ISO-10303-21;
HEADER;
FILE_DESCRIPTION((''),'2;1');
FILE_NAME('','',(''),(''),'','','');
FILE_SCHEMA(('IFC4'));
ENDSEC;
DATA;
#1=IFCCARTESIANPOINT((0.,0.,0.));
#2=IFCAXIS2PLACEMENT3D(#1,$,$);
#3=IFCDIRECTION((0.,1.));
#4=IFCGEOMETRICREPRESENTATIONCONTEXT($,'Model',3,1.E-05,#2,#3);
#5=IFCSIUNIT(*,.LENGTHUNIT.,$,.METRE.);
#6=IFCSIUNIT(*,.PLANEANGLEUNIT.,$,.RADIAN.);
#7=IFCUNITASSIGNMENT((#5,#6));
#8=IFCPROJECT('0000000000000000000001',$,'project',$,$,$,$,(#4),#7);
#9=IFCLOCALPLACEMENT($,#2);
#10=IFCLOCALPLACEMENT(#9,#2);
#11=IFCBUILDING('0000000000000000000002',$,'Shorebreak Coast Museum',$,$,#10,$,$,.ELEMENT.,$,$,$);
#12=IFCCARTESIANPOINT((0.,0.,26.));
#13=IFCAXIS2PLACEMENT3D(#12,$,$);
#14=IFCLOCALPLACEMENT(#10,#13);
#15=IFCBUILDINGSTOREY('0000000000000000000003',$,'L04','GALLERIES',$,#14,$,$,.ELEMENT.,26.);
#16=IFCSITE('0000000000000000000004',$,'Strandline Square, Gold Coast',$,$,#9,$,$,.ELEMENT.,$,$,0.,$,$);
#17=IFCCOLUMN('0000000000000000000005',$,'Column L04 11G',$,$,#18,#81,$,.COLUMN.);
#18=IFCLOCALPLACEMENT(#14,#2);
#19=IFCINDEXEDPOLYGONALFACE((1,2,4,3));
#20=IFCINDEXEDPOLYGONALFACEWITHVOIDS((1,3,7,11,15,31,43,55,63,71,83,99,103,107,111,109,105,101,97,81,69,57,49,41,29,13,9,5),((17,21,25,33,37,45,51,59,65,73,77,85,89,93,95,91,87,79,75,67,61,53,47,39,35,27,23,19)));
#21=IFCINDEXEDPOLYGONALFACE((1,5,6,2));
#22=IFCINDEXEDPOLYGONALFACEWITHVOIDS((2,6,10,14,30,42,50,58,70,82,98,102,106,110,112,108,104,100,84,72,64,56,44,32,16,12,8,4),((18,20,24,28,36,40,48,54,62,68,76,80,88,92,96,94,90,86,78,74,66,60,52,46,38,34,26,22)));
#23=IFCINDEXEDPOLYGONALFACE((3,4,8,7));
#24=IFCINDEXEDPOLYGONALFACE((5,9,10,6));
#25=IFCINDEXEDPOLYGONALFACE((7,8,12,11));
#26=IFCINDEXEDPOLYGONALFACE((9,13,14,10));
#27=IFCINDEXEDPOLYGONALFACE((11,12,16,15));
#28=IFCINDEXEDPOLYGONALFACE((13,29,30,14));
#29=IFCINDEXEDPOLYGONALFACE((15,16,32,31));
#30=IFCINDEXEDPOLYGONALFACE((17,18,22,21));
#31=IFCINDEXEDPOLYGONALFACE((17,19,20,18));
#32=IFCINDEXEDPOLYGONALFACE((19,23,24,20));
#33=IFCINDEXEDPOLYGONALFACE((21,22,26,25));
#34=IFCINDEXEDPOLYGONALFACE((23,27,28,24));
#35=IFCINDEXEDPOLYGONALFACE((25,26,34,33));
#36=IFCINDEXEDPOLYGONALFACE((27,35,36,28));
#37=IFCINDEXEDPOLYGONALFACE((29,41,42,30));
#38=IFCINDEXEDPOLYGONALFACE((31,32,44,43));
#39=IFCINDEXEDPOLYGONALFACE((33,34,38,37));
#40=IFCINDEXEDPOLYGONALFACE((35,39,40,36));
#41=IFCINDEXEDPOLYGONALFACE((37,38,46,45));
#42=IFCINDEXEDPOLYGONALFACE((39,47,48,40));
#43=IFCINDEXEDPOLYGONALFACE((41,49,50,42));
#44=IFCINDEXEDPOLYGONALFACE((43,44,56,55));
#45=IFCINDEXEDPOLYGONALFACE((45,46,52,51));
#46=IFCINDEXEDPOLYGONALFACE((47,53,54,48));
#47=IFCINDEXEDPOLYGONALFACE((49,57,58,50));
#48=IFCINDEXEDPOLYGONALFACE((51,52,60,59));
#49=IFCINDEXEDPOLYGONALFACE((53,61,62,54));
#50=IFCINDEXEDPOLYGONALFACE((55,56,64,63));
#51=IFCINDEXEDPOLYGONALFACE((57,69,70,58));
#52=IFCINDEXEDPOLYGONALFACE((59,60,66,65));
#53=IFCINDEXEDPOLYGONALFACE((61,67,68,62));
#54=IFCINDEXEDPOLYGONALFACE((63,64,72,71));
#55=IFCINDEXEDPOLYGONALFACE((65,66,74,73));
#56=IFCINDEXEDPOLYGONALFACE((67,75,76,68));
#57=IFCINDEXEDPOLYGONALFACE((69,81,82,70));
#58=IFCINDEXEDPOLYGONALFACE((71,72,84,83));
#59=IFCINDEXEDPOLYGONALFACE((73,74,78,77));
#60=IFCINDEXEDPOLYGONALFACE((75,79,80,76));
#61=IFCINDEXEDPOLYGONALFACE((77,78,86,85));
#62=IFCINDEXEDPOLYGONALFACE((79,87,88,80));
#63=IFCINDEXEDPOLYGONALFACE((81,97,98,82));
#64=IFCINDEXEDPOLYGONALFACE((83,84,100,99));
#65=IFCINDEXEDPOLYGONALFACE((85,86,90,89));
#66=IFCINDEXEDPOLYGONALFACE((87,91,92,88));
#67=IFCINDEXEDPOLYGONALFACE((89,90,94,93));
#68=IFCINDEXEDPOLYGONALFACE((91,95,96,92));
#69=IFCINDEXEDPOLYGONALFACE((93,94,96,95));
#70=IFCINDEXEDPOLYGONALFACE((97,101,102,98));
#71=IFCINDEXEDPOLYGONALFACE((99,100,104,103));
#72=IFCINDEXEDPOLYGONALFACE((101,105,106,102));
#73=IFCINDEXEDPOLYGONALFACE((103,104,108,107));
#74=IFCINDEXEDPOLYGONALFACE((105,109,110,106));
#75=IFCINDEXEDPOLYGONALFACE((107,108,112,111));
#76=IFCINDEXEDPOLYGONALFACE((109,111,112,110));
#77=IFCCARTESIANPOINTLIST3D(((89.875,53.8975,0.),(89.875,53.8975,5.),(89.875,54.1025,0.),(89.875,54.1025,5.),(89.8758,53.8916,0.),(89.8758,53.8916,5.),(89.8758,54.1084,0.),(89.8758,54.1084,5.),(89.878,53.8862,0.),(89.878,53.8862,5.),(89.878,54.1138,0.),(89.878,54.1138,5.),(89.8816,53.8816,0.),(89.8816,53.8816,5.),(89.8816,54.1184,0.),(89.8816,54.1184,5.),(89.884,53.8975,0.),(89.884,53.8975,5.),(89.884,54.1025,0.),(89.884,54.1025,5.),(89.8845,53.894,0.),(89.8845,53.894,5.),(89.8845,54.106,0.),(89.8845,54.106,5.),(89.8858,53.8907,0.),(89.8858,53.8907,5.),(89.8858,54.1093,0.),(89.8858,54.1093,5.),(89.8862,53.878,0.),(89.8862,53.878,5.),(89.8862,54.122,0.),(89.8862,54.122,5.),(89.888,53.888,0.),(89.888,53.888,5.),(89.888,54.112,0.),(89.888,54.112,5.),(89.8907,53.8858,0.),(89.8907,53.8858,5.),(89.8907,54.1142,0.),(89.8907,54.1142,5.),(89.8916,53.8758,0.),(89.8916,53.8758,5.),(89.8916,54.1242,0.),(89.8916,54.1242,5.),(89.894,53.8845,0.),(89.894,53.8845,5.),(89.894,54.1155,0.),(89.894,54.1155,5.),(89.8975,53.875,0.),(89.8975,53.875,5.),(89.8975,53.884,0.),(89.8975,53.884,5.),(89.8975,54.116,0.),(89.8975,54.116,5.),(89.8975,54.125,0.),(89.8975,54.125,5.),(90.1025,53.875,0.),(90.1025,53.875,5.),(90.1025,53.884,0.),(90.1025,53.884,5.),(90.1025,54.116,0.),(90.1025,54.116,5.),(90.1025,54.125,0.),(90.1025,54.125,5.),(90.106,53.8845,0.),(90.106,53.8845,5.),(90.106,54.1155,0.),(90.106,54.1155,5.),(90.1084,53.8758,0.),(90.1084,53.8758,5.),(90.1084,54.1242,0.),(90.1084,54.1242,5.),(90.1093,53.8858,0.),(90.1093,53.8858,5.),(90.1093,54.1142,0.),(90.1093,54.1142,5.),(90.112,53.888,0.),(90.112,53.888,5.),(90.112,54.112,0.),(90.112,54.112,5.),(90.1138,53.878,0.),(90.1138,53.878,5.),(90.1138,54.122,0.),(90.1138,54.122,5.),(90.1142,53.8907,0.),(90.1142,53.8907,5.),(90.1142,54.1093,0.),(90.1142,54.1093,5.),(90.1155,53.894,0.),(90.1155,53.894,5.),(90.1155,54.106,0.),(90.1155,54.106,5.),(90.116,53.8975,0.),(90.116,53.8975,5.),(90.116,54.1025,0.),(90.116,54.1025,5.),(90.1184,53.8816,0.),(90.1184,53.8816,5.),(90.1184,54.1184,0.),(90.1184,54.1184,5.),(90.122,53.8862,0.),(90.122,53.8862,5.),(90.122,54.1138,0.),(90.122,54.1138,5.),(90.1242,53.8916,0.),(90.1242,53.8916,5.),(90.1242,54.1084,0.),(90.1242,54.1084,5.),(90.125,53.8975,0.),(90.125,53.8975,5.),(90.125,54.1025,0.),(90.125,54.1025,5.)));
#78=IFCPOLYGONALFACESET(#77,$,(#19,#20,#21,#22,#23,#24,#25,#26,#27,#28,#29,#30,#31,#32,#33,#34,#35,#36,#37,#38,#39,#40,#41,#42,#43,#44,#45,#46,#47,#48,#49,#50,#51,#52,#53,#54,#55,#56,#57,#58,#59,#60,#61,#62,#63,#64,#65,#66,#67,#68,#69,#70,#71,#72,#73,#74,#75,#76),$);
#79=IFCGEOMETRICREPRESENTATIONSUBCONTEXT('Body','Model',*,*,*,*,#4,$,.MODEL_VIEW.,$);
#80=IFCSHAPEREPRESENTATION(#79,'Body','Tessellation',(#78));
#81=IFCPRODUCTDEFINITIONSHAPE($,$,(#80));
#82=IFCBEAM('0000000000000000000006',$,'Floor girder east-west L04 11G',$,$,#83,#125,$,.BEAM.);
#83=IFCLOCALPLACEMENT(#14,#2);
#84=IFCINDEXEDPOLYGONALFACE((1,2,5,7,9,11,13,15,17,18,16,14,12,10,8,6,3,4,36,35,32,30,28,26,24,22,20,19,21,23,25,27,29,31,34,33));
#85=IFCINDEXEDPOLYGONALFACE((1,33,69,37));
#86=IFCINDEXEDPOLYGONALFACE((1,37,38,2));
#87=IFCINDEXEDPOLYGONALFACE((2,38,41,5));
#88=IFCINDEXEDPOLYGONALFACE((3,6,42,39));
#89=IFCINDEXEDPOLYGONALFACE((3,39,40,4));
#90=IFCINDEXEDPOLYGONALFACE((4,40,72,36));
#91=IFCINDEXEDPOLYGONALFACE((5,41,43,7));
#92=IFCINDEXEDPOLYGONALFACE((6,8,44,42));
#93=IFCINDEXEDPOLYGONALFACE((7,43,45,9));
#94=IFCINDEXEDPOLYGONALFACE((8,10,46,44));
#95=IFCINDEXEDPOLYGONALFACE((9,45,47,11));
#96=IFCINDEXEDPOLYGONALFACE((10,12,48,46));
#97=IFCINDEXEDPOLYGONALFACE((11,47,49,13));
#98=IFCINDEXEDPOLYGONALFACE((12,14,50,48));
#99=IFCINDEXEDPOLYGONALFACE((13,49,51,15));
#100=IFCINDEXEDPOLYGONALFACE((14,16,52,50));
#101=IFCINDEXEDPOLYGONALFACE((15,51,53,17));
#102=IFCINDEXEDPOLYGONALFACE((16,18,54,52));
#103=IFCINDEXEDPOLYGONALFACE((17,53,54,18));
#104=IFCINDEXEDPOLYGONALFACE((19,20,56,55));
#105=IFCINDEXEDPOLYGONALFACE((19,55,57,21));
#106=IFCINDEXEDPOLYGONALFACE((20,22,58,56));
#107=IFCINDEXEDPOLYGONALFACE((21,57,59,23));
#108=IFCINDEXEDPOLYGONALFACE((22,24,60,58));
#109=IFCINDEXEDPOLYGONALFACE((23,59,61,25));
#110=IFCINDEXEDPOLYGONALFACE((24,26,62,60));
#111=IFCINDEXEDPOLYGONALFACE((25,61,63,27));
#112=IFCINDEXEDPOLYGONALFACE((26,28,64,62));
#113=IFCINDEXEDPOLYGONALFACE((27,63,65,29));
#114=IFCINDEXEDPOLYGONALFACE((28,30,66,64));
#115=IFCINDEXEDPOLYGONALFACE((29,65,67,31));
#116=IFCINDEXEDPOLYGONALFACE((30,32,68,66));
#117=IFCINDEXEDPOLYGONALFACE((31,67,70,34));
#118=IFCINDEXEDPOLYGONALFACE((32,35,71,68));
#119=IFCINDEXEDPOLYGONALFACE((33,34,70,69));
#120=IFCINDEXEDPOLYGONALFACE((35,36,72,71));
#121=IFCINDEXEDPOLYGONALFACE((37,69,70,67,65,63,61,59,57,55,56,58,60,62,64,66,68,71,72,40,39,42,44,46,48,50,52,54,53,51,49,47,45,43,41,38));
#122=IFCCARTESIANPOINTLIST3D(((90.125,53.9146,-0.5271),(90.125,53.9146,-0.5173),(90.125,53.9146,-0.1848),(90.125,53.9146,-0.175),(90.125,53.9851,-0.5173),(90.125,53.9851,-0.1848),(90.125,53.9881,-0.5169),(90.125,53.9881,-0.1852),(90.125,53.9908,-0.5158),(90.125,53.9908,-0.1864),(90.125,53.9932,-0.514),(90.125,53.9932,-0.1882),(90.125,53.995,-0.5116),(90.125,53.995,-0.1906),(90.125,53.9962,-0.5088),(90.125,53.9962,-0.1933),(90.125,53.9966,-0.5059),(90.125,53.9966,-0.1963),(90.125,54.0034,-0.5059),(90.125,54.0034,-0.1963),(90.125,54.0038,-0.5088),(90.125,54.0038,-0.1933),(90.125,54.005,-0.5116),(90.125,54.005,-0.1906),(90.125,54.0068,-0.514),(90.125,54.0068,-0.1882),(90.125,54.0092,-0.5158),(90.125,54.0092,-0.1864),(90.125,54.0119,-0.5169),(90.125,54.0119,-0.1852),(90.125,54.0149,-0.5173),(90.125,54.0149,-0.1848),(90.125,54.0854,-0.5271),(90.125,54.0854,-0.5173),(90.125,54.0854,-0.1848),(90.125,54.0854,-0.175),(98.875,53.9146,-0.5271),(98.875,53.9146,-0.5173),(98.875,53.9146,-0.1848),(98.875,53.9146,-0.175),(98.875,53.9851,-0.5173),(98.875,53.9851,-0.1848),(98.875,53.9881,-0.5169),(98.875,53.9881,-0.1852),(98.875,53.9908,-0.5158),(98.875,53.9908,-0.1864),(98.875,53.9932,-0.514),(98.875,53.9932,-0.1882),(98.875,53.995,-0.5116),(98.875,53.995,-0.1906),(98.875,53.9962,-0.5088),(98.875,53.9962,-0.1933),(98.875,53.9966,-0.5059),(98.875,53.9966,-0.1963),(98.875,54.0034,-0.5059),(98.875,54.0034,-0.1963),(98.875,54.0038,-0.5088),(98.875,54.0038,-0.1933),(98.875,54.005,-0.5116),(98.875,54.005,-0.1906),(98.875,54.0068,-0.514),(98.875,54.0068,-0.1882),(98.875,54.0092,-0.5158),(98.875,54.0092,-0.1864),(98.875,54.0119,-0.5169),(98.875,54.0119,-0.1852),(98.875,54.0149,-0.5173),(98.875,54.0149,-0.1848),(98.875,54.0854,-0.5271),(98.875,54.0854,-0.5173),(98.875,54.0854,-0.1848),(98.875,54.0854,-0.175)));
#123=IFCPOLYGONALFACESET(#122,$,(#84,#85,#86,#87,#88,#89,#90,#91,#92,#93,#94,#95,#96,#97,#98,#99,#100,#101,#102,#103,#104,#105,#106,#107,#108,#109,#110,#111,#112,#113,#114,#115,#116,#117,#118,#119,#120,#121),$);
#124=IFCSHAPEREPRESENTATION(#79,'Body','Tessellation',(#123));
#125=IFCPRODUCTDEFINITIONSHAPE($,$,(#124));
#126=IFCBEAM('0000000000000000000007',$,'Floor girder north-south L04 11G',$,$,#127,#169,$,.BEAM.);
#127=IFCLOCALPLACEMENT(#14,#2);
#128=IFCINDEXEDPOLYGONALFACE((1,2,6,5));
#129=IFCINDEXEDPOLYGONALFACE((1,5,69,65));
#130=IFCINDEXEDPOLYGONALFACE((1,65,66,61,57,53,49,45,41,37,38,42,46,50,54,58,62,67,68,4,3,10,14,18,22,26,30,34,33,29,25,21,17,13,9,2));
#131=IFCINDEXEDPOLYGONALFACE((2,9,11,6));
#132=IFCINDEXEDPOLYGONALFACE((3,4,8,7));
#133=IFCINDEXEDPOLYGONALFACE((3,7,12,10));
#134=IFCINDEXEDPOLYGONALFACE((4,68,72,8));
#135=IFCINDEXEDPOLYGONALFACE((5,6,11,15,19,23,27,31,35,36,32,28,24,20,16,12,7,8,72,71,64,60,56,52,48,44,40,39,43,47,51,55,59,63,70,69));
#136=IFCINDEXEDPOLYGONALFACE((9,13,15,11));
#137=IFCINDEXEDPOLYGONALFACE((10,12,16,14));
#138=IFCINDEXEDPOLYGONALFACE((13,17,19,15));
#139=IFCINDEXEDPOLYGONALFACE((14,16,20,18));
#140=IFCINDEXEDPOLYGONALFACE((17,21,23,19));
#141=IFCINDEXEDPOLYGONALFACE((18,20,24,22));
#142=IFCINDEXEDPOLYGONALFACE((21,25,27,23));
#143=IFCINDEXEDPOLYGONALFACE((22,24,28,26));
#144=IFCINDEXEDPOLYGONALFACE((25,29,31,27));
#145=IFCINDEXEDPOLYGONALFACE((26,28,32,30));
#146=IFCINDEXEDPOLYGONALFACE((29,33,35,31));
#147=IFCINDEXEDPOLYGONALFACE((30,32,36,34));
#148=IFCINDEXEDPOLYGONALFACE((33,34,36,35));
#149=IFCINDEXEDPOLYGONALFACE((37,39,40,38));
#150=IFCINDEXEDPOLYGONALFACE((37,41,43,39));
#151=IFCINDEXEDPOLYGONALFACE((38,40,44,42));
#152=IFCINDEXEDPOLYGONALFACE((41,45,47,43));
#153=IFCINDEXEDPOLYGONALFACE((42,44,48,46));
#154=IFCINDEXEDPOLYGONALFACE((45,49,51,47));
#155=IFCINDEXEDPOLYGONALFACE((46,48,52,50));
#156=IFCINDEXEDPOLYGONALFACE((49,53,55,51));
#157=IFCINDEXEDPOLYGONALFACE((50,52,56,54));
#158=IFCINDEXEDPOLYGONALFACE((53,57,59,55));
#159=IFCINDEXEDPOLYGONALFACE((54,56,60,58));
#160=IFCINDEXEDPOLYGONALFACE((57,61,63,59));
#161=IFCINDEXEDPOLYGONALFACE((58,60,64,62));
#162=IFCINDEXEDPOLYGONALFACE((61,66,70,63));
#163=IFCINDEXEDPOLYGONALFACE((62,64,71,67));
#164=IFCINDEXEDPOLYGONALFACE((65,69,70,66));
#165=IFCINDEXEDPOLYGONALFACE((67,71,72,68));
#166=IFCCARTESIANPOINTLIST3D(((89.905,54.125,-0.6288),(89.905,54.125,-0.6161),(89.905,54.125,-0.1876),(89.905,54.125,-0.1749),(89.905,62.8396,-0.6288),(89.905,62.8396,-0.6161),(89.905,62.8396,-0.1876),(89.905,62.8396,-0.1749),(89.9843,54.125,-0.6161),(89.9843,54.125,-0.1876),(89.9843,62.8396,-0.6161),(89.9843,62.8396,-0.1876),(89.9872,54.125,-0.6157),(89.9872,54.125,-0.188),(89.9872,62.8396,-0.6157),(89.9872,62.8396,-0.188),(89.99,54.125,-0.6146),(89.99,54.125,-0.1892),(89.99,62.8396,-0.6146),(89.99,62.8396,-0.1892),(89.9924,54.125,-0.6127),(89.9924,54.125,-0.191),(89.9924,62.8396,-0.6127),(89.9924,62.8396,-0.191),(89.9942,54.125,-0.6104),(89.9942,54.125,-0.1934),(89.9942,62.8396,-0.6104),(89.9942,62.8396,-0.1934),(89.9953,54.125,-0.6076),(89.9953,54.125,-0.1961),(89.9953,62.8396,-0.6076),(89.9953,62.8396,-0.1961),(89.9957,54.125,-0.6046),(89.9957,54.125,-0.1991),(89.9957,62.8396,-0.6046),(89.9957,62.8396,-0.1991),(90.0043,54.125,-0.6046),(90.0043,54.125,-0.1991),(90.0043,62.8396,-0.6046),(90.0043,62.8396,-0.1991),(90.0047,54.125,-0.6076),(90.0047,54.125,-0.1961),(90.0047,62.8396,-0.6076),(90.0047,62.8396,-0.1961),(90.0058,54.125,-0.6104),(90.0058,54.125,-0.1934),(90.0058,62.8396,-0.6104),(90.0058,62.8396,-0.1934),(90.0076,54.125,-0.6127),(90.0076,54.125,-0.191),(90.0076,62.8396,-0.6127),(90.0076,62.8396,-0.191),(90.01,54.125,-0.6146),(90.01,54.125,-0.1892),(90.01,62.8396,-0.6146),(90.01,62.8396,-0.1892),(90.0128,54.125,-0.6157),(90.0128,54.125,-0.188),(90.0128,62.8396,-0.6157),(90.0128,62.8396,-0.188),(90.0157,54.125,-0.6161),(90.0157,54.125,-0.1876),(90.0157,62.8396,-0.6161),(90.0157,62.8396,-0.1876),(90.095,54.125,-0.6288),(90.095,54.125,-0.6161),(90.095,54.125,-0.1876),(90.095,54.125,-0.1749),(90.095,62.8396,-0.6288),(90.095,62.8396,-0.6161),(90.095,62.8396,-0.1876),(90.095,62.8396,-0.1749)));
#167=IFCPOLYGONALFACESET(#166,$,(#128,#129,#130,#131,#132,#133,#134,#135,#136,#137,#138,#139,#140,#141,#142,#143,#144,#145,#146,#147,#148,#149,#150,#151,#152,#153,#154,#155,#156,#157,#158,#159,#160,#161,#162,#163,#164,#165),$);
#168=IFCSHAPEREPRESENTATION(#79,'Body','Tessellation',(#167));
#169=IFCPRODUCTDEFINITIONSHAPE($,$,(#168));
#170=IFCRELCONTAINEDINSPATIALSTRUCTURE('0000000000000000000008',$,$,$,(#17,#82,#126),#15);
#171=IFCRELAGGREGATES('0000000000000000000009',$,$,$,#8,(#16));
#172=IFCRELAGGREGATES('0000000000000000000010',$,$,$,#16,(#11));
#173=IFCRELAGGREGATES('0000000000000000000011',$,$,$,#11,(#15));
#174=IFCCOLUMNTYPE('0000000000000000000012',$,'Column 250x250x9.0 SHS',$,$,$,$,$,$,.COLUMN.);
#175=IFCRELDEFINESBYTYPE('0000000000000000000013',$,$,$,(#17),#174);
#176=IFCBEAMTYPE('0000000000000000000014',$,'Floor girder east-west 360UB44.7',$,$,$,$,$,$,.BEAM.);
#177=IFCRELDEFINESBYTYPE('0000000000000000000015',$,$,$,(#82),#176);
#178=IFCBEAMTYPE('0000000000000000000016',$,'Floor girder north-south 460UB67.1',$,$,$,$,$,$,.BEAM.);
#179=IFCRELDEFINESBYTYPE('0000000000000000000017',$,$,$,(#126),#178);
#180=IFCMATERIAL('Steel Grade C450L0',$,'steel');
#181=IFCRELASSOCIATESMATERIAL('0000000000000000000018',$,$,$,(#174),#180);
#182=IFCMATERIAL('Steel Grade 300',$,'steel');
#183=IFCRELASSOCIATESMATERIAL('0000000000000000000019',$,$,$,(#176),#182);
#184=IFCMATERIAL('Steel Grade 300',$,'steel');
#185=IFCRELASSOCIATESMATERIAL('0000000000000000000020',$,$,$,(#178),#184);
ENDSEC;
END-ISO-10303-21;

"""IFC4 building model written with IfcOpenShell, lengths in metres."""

from ifc_helpers import new_model, si_unit, direction, frame, origin, origin_2d, place, context, subcontext, project, spatial, hollow_rectangle, i_section, extrude, material, material_profile, profile_set, type_object, element, save


model = new_model("IFC4")

# Units and contexts
model_context = context("Model", 3, precision=1e-05, world=origin(), true_north=direction((0.0, 1.0)))
body_context = subcontext(model_context, "Body", "Model", "MODEL_VIEW")
ifc_project = project(units=[si_unit("LENGTHUNIT", "METRE"), si_unit("PLANEANGLEUNIT", "RADIAN")], contexts=[model_context])

# Site, building, storey
site_placement = place(None, origin())
site = spatial("IfcSite", under=ifc_project, at=site_placement, Name="Strandline Square, Gold Coast", CompositionType="ELEMENT", RefElevation=0.0)
building_placement = place(site_placement, origin())
building = spatial("IfcBuilding", under=site, at=building_placement, Name="Shorebreak Coast Museum", CompositionType="ELEMENT")
storey_placement = place(building_placement, frame((0.0, 0.0, 26.0)))
storey = spatial("IfcBuildingStorey", under=building, at=storey_placement, Name="L04", Description="GALLERIES", CompositionType="ELEMENT", Elevation=26.0)

# Column
ifc_material_1 = material(Name="Steel Grade C450L0", Category="steel")
ifc_material_profile_1 = material_profile(ifc_material_1, hollow_rectangle(XDim=0.25, YDim=0.25, WallThickness=0.009, InnerFilletRadius=0.0134, OuterFilletRadius=0.0225, at=origin_2d()), Name="250x250x9.0 SHS")
ifc_profile_set_1 = profile_set([ifc_material_profile_1], Name="Steel Grade C450L0")
column_type = type_object("IfcColumnType", Name="Column 250x250x9.0 SHS", PredefinedType="COLUMN", material=ifc_profile_set_1)
column_placement = place(storey_placement, frame((90.0, 54.0, 0.0), z_axis=(0.0, 0.0, 1.0), x_axis=(1.0, 0.0, 0.0)))
element("IfcColumn", 1, at=column_placement, inside=storey, type_object=column_type, Name="Column L04 11G", PredefinedType="COLUMN", context=body_context, shape_type="SweptSolid", body=[
    extrude(hollow_rectangle(XDim=0.25, YDim=0.25, WallThickness=0.009, InnerFilletRadius=0.0134, OuterFilletRadius=0.0225, at=origin_2d()), origin(), (0.0, 0.0, 1.0), 5.0),
])

# Beams
ifc_material_2 = material(Name="Steel Grade 300", Category="steel")
ifc_material_profile_2 = material_profile(ifc_material_2, i_section(OverallWidth=0.1709, OverallDepth=0.3521, WebThickness=0.0068, FlangeThickness=0.0098, FilletRadius=0.0115, at=origin_2d()), Name="360UB44.7")
ifc_profile_set_2 = profile_set([ifc_material_profile_2], Name="Steel Grade 300")
beam_type_1 = type_object("IfcBeamType", Name="Floor girder east-west 360UB44.7", PredefinedType="BEAM", material=ifc_profile_set_2)
beam_1_placement = place(storey_placement, frame((90.125, 54.0, -0.3511), z_axis=(1.0, 0.0, 0.0), x_axis=(0.0, 1.0, 0.0)))
element("IfcBeam", 2, at=beam_1_placement, inside=storey, type_object=beam_type_1, Name="Floor girder east-west L04 11G", PredefinedType="BEAM", context=body_context, shape_type="SweptSolid", body=[
    extrude(i_section(OverallWidth=0.1709, OverallDepth=0.3521, WebThickness=0.0068, FlangeThickness=0.0098, FilletRadius=0.0115, at=origin_2d()), origin(), (0.0, 0.0, 1.0), 8.75),
])
ifc_material_3 = material(Name="Steel Grade 300", Category="steel")
ifc_material_profile_3 = material_profile(ifc_material_3, i_section(OverallWidth=0.1899, OverallDepth=0.4539, WebThickness=0.0085, FlangeThickness=0.0127, FilletRadius=0.0115, at=origin_2d()), Name="460UB67.1")
ifc_profile_set_3 = profile_set([ifc_material_profile_3], Name="Steel Grade 300")
beam_type_2 = type_object("IfcBeamType", Name="Floor girder north-south 460UB67.1", PredefinedType="BEAM", material=ifc_profile_set_3)
beam_2_placement = place(storey_placement, frame((90.0, 54.125, -0.4019), z_axis=(0.0, 1.0, 0.0), x_axis=(-1.0, 0.0, 0.0)))
element("IfcBeam", 3, at=beam_2_placement, inside=storey, type_object=beam_type_2, Name="Floor girder north-south L04 11G", PredefinedType="BEAM", context=body_context, shape_type="SweptSolid", body=[
    extrude(i_section(OverallWidth=0.1899, OverallDepth=0.4539, WebThickness=0.0085, FlangeThickness=0.0127, FilletRadius=0.0115, at=origin_2d()), origin(), (0.0, 0.0, 1.0), 8.7146),
])

save(model, "model.ifc")
